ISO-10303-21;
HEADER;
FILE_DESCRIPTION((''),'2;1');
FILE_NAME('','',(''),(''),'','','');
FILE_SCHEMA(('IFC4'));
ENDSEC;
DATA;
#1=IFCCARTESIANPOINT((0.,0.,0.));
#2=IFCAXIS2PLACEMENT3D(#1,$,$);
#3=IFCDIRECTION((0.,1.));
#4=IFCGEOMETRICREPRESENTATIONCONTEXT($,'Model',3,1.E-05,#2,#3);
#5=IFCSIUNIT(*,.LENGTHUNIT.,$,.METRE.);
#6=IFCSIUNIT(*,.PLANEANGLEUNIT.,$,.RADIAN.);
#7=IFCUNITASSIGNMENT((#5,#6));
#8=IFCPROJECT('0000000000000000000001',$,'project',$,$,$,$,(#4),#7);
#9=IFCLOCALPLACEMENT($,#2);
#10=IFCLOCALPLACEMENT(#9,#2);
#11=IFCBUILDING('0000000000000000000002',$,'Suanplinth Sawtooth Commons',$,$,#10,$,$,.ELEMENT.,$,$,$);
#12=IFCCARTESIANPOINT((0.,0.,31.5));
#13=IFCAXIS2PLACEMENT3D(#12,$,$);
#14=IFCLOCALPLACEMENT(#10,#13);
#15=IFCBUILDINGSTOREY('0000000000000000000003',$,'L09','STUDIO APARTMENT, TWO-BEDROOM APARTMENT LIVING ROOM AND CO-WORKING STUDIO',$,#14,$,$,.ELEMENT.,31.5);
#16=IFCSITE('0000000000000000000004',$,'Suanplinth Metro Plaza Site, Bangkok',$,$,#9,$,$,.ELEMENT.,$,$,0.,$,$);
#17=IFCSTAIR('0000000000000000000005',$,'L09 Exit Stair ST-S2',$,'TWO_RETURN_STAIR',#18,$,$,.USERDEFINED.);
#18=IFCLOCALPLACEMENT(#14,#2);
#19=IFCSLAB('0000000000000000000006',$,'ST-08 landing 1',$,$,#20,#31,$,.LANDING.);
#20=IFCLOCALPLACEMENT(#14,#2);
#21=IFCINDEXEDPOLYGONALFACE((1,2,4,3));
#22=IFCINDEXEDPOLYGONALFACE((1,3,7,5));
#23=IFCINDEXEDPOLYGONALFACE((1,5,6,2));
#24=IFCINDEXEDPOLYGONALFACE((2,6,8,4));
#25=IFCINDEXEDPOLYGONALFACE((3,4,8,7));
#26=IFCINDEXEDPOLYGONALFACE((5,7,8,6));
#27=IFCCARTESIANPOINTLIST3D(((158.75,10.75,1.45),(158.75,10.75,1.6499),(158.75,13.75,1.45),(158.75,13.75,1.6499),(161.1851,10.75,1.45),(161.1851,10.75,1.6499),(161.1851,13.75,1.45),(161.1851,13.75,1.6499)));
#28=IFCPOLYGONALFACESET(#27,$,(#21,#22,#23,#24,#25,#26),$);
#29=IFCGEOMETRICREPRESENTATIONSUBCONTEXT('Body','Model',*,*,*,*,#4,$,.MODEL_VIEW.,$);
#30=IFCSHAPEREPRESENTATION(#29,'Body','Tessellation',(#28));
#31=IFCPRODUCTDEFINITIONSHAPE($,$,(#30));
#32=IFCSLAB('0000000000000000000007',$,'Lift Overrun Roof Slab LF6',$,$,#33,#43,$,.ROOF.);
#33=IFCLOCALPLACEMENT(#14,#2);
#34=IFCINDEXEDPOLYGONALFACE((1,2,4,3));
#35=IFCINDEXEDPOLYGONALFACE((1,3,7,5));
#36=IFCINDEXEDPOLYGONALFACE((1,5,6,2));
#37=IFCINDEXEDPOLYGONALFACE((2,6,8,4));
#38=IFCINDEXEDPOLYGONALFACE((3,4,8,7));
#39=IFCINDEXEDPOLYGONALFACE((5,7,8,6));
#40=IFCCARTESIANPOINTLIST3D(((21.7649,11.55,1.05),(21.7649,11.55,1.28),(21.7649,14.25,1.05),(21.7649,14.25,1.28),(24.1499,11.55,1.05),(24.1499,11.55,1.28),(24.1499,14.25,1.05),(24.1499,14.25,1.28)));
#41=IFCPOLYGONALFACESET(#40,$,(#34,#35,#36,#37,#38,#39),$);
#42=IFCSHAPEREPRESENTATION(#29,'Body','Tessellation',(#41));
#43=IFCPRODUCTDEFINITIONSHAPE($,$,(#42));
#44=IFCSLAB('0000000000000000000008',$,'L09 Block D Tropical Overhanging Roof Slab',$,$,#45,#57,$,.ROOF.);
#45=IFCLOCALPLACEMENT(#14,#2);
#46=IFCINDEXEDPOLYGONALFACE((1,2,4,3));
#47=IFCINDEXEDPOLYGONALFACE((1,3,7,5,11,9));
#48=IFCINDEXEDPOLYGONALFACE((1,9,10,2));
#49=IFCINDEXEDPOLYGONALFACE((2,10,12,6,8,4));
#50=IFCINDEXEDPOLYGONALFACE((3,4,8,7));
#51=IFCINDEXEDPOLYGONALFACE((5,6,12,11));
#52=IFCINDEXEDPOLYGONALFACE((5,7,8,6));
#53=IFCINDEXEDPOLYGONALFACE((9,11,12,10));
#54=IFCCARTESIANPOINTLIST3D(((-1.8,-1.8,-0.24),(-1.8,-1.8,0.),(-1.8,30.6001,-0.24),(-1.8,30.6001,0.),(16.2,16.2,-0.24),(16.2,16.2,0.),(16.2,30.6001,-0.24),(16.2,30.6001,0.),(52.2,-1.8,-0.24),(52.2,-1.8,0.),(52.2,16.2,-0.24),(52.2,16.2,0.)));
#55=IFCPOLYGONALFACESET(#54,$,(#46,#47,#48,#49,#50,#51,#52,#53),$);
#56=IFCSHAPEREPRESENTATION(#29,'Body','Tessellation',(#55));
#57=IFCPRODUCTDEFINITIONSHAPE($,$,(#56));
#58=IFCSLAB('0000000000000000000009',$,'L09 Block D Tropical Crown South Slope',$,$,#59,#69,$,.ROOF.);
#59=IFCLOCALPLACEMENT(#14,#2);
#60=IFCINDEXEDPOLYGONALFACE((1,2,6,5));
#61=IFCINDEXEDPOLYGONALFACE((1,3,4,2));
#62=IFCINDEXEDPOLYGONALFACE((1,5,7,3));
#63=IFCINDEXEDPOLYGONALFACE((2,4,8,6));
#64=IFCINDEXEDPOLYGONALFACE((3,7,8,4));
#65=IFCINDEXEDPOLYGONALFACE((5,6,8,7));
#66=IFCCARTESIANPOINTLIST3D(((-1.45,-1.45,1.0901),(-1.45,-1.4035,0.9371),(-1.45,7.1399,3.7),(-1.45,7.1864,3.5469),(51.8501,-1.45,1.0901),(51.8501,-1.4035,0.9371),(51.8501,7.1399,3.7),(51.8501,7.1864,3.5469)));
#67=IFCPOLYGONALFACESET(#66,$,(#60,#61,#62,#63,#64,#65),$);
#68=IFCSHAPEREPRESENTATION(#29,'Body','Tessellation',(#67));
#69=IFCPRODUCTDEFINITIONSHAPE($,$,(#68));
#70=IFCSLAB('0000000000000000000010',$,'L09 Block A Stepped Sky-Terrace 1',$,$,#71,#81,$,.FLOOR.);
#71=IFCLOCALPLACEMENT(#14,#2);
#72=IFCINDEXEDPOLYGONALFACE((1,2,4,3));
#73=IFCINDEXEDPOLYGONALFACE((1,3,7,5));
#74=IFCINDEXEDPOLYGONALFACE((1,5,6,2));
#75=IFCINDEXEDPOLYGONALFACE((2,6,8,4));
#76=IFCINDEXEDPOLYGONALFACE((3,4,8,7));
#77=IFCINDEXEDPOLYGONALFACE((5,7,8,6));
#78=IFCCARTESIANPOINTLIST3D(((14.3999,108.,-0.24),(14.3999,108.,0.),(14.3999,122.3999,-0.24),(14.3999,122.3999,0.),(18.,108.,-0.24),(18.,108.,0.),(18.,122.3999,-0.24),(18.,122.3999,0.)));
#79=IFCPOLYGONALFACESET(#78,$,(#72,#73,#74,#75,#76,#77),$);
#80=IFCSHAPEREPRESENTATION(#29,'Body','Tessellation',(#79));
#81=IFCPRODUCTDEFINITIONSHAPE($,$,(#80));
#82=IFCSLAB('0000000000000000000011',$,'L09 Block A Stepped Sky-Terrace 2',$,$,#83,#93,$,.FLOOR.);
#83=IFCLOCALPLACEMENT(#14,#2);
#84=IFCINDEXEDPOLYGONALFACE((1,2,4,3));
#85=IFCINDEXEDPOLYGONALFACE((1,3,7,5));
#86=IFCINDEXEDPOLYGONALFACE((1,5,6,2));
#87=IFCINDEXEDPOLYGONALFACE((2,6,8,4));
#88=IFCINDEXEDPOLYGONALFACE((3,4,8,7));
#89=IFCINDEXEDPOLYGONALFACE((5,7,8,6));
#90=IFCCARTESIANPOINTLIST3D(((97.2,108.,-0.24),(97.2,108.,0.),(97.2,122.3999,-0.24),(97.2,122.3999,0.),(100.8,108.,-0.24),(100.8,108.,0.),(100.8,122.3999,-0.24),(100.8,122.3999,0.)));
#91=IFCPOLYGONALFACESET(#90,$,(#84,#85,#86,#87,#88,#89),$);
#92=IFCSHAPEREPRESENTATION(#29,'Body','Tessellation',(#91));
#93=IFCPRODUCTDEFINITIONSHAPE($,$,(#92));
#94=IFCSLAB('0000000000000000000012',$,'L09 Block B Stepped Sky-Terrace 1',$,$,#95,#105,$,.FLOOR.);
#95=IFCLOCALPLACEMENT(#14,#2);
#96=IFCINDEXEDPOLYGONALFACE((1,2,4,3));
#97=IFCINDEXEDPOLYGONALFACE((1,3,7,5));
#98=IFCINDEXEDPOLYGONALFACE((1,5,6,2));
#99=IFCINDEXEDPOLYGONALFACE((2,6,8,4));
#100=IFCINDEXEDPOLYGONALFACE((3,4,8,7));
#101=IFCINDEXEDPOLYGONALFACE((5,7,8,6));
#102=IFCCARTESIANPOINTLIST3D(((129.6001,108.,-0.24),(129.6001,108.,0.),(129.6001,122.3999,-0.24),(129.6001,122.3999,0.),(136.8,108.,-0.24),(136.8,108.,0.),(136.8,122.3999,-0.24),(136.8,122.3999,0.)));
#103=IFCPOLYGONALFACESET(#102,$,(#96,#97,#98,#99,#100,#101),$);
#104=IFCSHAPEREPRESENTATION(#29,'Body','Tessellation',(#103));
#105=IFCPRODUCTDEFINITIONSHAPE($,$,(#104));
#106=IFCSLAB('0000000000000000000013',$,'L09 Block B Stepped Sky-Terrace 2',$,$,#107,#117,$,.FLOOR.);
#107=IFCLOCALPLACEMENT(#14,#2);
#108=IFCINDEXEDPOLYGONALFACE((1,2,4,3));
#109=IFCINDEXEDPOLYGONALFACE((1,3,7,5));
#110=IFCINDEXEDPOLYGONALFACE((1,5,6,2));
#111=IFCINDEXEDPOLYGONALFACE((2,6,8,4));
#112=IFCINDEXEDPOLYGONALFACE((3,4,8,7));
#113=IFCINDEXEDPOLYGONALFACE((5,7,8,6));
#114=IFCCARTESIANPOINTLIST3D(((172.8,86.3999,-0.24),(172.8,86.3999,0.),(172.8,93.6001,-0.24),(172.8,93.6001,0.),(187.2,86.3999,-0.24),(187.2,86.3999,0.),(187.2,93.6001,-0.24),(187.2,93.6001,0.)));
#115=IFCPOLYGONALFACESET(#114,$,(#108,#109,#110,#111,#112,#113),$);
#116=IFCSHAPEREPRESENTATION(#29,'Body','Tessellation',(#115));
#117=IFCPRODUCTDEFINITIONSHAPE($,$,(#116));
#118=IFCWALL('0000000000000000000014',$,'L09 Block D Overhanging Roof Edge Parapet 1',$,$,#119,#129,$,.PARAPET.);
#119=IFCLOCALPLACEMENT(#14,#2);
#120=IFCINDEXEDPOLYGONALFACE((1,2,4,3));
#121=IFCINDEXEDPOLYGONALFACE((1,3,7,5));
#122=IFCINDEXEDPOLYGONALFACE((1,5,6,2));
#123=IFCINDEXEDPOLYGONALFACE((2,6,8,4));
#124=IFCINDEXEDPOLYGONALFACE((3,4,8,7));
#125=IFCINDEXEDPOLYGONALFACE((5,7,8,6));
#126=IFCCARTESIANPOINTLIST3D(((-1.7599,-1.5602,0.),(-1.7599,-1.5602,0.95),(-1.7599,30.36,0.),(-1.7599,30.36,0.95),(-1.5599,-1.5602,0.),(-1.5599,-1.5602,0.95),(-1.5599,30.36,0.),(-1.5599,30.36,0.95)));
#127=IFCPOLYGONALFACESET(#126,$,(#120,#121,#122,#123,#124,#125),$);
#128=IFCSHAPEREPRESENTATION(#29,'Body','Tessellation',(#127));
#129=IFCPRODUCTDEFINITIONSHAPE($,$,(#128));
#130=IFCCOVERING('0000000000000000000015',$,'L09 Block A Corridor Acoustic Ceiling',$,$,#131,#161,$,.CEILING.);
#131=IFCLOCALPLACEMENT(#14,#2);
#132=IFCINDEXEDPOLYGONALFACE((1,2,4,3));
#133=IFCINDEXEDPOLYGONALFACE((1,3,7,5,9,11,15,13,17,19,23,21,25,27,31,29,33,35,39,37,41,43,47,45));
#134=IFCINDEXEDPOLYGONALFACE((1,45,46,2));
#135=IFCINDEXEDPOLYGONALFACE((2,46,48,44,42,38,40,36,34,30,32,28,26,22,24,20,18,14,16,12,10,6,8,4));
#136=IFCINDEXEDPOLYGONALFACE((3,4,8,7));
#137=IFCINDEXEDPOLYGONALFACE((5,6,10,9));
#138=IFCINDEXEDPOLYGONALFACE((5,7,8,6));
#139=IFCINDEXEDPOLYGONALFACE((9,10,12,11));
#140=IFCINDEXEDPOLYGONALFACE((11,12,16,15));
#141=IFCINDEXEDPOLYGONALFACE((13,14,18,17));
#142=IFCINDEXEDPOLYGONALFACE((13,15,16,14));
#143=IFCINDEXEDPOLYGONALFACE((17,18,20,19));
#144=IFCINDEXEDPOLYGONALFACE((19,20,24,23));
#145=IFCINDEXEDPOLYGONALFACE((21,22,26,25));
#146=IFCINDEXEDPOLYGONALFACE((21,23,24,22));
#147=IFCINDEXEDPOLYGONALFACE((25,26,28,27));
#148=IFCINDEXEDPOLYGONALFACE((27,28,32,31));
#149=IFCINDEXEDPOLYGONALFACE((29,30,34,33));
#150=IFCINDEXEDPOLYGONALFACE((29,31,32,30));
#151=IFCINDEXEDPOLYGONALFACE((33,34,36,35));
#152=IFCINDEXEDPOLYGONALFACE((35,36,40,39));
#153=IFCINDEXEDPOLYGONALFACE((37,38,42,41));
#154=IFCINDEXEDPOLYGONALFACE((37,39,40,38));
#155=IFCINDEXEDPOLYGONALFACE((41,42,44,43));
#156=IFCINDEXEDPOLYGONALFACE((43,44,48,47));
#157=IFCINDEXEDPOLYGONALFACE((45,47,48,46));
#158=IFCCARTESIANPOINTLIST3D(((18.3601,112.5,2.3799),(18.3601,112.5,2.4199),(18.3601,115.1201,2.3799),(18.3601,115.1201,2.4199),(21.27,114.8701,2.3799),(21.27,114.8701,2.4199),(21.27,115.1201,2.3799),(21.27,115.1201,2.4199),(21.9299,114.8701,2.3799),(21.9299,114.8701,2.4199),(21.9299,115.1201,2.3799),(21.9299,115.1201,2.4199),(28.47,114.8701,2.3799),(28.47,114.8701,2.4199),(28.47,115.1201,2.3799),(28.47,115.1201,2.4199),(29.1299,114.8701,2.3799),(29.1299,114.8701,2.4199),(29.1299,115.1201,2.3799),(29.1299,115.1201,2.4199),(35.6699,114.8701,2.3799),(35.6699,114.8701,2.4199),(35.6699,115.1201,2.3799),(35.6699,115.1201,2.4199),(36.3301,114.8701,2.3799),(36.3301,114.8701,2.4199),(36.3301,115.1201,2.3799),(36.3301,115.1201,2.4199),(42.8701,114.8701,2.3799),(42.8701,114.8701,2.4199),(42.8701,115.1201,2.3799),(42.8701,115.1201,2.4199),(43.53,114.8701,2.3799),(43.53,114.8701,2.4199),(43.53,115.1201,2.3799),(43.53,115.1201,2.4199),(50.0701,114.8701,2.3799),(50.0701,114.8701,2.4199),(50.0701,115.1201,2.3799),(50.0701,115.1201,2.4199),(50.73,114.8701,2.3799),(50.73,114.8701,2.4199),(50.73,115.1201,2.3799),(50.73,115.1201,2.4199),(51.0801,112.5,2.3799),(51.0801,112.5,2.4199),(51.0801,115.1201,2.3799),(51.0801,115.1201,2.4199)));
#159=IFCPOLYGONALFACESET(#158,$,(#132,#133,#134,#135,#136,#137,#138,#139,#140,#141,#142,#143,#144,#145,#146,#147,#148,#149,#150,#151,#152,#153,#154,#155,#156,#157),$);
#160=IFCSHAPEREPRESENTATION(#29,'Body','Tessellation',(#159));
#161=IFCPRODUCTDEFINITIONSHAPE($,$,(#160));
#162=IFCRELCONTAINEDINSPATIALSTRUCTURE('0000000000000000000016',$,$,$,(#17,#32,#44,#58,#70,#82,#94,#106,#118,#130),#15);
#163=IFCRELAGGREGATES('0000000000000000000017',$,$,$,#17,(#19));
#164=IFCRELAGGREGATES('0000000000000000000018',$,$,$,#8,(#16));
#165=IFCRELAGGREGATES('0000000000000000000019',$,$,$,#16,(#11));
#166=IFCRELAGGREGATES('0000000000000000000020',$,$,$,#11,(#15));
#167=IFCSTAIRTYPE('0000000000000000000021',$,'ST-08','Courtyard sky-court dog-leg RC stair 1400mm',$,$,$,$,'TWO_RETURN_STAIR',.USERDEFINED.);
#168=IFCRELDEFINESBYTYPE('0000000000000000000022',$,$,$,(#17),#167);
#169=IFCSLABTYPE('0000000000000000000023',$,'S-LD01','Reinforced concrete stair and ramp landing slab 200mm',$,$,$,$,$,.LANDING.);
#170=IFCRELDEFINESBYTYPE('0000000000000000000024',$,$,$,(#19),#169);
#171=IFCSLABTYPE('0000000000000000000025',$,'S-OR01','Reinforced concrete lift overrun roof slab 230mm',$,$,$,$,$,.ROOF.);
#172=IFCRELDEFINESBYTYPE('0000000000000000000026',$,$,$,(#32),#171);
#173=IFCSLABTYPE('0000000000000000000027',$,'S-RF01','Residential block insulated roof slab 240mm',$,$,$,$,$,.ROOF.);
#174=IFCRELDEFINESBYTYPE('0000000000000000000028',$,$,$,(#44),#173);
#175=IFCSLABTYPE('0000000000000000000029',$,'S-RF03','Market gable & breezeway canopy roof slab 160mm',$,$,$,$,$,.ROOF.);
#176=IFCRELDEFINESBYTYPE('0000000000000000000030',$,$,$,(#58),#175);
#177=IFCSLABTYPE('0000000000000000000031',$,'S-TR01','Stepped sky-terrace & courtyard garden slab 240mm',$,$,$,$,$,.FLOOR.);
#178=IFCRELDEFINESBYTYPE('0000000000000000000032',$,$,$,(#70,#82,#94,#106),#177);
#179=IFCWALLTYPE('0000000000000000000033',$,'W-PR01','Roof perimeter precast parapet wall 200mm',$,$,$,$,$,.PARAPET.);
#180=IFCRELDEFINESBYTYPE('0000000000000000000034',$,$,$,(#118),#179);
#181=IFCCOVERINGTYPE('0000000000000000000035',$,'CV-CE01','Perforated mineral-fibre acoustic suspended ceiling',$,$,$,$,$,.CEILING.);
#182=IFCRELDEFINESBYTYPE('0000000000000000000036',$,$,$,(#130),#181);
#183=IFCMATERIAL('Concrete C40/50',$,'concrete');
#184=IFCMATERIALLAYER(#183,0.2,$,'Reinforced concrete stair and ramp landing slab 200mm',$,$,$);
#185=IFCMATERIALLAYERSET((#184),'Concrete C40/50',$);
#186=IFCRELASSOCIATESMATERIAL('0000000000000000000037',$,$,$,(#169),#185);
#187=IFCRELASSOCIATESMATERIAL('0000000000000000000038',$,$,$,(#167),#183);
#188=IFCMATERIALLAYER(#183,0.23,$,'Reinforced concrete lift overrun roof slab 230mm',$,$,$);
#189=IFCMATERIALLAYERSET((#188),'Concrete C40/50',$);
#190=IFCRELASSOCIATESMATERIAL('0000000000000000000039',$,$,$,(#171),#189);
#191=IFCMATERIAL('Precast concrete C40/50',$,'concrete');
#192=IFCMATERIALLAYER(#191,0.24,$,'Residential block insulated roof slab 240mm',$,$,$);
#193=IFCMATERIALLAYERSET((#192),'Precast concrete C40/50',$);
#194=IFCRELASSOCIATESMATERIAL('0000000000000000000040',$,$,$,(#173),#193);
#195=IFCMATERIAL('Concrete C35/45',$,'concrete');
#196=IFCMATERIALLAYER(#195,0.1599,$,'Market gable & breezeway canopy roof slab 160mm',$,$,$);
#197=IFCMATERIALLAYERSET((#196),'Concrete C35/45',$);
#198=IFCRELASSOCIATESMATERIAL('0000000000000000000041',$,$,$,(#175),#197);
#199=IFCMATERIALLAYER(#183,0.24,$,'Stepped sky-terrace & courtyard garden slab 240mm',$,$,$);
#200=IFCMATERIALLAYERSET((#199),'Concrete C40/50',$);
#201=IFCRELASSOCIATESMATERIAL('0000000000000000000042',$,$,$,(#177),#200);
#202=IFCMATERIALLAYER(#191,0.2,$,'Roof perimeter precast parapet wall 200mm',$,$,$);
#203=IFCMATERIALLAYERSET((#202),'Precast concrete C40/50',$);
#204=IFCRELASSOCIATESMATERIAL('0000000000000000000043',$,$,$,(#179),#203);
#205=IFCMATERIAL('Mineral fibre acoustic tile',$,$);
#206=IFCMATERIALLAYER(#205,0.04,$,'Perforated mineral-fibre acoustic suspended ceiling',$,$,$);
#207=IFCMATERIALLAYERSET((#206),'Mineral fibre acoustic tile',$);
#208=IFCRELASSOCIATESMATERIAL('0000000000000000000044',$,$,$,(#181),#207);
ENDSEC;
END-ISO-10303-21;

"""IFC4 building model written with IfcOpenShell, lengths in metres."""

from ifc_helpers import new_model, si_unit, direction, frame, frame_2d, origin, place, context, subcontext, project, spatial, polyline, rectangle, outline, extrude, material, layer, layer_set, type_object, element, aggregate, save


model = new_model("IFC4")

# Units and contexts
model_context = context("Model", 3, precision=1e-05, world=origin(), true_north=direction((0.0, 1.0)))
body_context = subcontext(model_context, "Body", "Model", "MODEL_VIEW")
ifc_project = project(units=[si_unit("LENGTHUNIT", "METRE"), si_unit("PLANEANGLEUNIT", "RADIAN")], contexts=[model_context])

# Site, building, storey
site_placement = place(None, origin())
site = spatial("IfcSite", under=ifc_project, at=site_placement, Name="Suanplinth Metro Plaza Site, Bangkok", CompositionType="ELEMENT", RefElevation=0.0)
building_placement = place(site_placement, origin())
building = spatial("IfcBuilding", under=site, at=building_placement, Name="Suanplinth Sawtooth Commons", CompositionType="ELEMENT")
storey_placement = place(building_placement, frame((0.0, 0.0, 31.5)))
storey = spatial("IfcBuildingStorey", under=building, at=storey_placement, Name="L09", Description="STUDIO APARTMENT, TWO-BEDROOM APARTMENT LIVING ROOM AND CO-WORKING STUDIO", CompositionType="ELEMENT", Elevation=31.5)

# Shared definitions
ifc_material_1 = material(Name="Precast concrete C40/50", Category="concrete")

# Stair, slab
ifc_material_2 = material(Name="Concrete C40/50", Category="concrete")
ifc_layer_1 = layer(ifc_material_2, 0.2, Name="Reinforced concrete stair and ramp landing slab 200mm")
ifc_layer_set_1 = layer_set([ifc_layer_1], Name="Concrete C40/50")
slab_type_1 = type_object("IfcSlabType", Name="S-LD01", Description="Reinforced concrete stair and ramp landing slab 200mm", PredefinedType="LANDING", material=ifc_layer_set_1)
stair_type_1 = type_object("IfcStairType", Name="ST-08", Description="Courtyard sky-court dog-leg RC stair 1400mm", ElementType="TWO_RETURN_STAIR", PredefinedType="USERDEFINED", material=ifc_material_2)
stair_1_placement = place(storey_placement, origin())
stair_1 = element("IfcStair", 1, at=stair_1_placement, inside=storey, type_object=stair_type_1, Name="L09 Exit Stair ST-S2", ObjectType="TWO_RETURN_STAIR", PredefinedType="USERDEFINED")
slab_1_placement = place(storey_placement, frame((0.0, 0.0, 1.45)))
slab_1 = element("IfcSlab", 2, at=slab_1_placement, type_object=slab_type_1, Name="ST-08 landing 1", PredefinedType="LANDING", context=body_context, shape_type="SweptSolid", body=[
    extrude(outline(polyline([(161.1851, 13.75), (158.75, 13.75), (158.75, 10.75), (161.1851, 10.75), (161.1851, 13.75)])), origin(), (0.0, 0.0, 1.0), 0.2),
])
aggregate(stair_1, [slab_1])

# Slabs
ifc_layer_2 = layer(ifc_material_2, 0.23, Name="Reinforced concrete lift overrun roof slab 230mm")
ifc_layer_set_2 = layer_set([ifc_layer_2], Name="Concrete C40/50")
slab_type_2 = type_object("IfcSlabType", Name="S-OR01", Description="Reinforced concrete lift overrun roof slab 230mm", PredefinedType="ROOF", material=ifc_layer_set_2)
slab_2_placement = place(storey_placement, frame((0.0, 0.0, 1.05)))
element("IfcSlab", 3, at=slab_2_placement, inside=storey, type_object=slab_type_2, Name="Lift Overrun Roof Slab LF6", PredefinedType="ROOF", context=body_context, shape_type="SweptSolid", body=[
    extrude(outline(polyline([(21.7649, 11.55), (24.1499, 11.55), (24.1499, 14.25), (21.7649, 14.25), (21.7649, 11.55)])), origin(), (0.0, 0.0, 1.0), 0.23),
])
ifc_layer_3 = layer(ifc_material_1, 0.24, Name="Residential block insulated roof slab 240mm")
ifc_layer_set_3 = layer_set([ifc_layer_3], Name="Precast concrete C40/50")
slab_type_3 = type_object("IfcSlabType", Name="S-RF01", Description="Residential block insulated roof slab 240mm", PredefinedType="ROOF", material=ifc_layer_set_3)
slab_3_placement = place(storey_placement, frame((0.0, 0.0, -0.24)))
element("IfcSlab", 4, at=slab_3_placement, inside=storey, type_object=slab_type_3, Name="L09 Block D Tropical Overhanging Roof Slab", PredefinedType="ROOF", context=body_context, shape_type="SweptSolid", body=[
    extrude(outline(polyline([(-1.8, -1.8), (-1.8, 30.6001), (16.2, 30.6001), (16.2, 16.2), (52.2, 16.2), (52.2, -1.8), (-1.8, -1.8)])), origin(), (0.0, 0.0, 1.0), 0.24),
])
ifc_material_3 = material(Name="Concrete C35/45", Category="concrete")
ifc_layer_4 = layer(ifc_material_3, 0.1599, Name="Market gable & breezeway canopy roof slab 160mm")
ifc_layer_set_4 = layer_set([ifc_layer_4], Name="Concrete C35/45")
slab_type_4 = type_object("IfcSlabType", Name="S-RF03", Description="Market gable & breezeway canopy roof slab 160mm", PredefinedType="ROOF", material=ifc_layer_set_4)
slab_4_placement = place(storey_placement, frame((-1.45, -1.45, 1.0901), z_axis=(0.0, -0.290709, 0.956811), x_axis=(1.0, 0.0, 0.0)))
element("IfcSlab", 5, at=slab_4_placement, inside=storey, type_object=slab_type_4, Name="L09 Block D Tropical Crown South Slope", PredefinedType="ROOF", context=body_context, shape_type="SweptSolid", body=[
    extrude(outline(polyline([(0.0, 0.0), (53.3, 0.0), (53.3, 8.9776), (0.0, 8.9776), (0.0, 0.0)])), origin(), (0.0, 0.0, -1.0), 0.1599),
])
ifc_layer_5 = layer(ifc_material_2, 0.24, Name="Stepped sky-terrace & courtyard garden slab 240mm")
ifc_layer_set_5 = layer_set([ifc_layer_5], Name="Concrete C40/50")
slab_type_5 = type_object("IfcSlabType", Name="S-TR01", Description="Stepped sky-terrace & courtyard garden slab 240mm", PredefinedType="FLOOR", material=ifc_layer_set_5)
slab_5_placement = place(storey_placement, frame((0.0, 0.0, -0.24)))
element("IfcSlab", 6, at=slab_5_placement, inside=storey, type_object=slab_type_5, Name="L09 Block A Stepped Sky-Terrace 1", PredefinedType="FLOOR", context=body_context, shape_type="SweptSolid", body=[
    extrude(outline(polyline([(14.3999, 108.0), (14.3999, 122.3999), (18.0, 122.3999), (18.0, 108.0), (14.3999, 108.0)])), origin(), (0.0, 0.0, 1.0), 0.24),
])
slab_6_placement = place(storey_placement, frame((0.0, 0.0, -0.24)))
element("IfcSlab", 7, at=slab_6_placement, inside=storey, type_object=slab_type_5, Name="L09 Block A Stepped Sky-Terrace 2", PredefinedType="FLOOR", context=body_context, shape_type="SweptSolid", body=[
    extrude(outline(polyline([(100.8, 122.3999), (100.8, 108.0), (97.2, 108.0), (97.2, 122.3999), (100.8, 122.3999)])), origin(), (0.0, 0.0, 1.0), 0.24),
])
slab_7_placement = place(storey_placement, frame((0.0, 0.0, -0.24)))
element("IfcSlab", 8, at=slab_7_placement, inside=storey, type_object=slab_type_5, Name="L09 Block B Stepped Sky-Terrace 1", PredefinedType="FLOOR", context=body_context, shape_type="SweptSolid", body=[
    extrude(outline(polyline([(129.6001, 108.0), (129.6001, 122.3999), (136.8, 122.3999), (136.8, 108.0), (129.6001, 108.0)])), origin(), (0.0, 0.0, 1.0), 0.24),
])
slab_8_placement = place(storey_placement, frame((0.0, 0.0, -0.24)))
element("IfcSlab", 9, at=slab_8_placement, inside=storey, type_object=slab_type_5, Name="L09 Block B Stepped Sky-Terrace 2", PredefinedType="FLOOR", context=body_context, shape_type="SweptSolid", body=[
    extrude(outline(polyline([(187.2, 86.3999), (172.8, 86.3999), (172.8, 93.6001), (187.2, 93.6001), (187.2, 86.3999)])), origin(), (0.0, 0.0, 1.0), 0.24),
])

# Wall
ifc_layer_6 = layer(ifc_material_1, 0.2, Name="Roof perimeter precast parapet wall 200mm")
ifc_layer_set_6 = layer_set([ifc_layer_6], Name="Precast concrete C40/50")
wall_type = type_object("IfcWallType", Name="W-PR01", Description="Roof perimeter precast parapet wall 200mm", PredefinedType="PARAPET", material=ifc_layer_set_6)
wall_placement = place(storey_placement, frame((-1.6599, -1.5601, 0.0), z_axis=(0.0, 0.0, 1.0), x_axis=(0.0, 1.0, 0.0)))
element("IfcWall", 10, at=wall_placement, inside=storey, type_object=wall_type, Name="L09 Block D Overhanging Roof Edge Parapet 1", PredefinedType="PARAPET", context=body_context, shape_type="SweptSolid", body=[
    extrude(rectangle(XDim=31.9202, YDim=0.2, at=frame_2d((15.96, 0.0))), origin(), (0.0, 0.0, 1.0), 0.95),
])

# Covering
ifc_material_4 = material(Name="Mineral fibre acoustic tile")
ifc_layer_7 = layer(ifc_material_4, 0.04, Name="Perforated mineral-fibre acoustic suspended ceiling")
ifc_layer_set_7 = layer_set([ifc_layer_7], Name="Mineral fibre acoustic tile")
covering_type_1 = type_object("IfcCoveringType", Name="CV-CE01", Description="Perforated mineral-fibre acoustic suspended ceiling", PredefinedType="CEILING", material=ifc_layer_set_7)
covering_1_placement = place(storey_placement, frame((0.0, 0.0, 2.3799)))
element("IfcCovering", 11, at=covering_1_placement, inside=storey, type_object=covering_type_1, Name="L09 Block A Corridor Acoustic Ceiling", PredefinedType="CEILING", context=body_context, shape_type="SweptSolid", body=[
    extrude(outline(polyline([(18.3601, 112.5), (18.3601, 115.1201), (21.27, 115.1201), (21.27, 114.8701), (21.9299, 114.8701), (21.9299, 115.1201), (28.47, 115.1201), (28.47, 114.8701), (29.1299, 114.8701), (29.1299, 115.1201), (35.6699, 115.1201), (35.6699, 114.8701), (36.3301, 114.8701), (36.3301, 115.1201), (42.8701, 115.1201), (42.8701, 114.8701), (43.53, 114.8701), (43.53, 115.1201), (50.0701, 115.1201), (50.0701, 114.8701), (50.73, 114.8701), (50.73, 115.1201), (51.0801, 115.1201), (51.0801, 112.5), (18.3601, 112.5)])), origin(), (0.0, 0.0, 1.0), 0.04),
])

save(model, "model.ifc")
